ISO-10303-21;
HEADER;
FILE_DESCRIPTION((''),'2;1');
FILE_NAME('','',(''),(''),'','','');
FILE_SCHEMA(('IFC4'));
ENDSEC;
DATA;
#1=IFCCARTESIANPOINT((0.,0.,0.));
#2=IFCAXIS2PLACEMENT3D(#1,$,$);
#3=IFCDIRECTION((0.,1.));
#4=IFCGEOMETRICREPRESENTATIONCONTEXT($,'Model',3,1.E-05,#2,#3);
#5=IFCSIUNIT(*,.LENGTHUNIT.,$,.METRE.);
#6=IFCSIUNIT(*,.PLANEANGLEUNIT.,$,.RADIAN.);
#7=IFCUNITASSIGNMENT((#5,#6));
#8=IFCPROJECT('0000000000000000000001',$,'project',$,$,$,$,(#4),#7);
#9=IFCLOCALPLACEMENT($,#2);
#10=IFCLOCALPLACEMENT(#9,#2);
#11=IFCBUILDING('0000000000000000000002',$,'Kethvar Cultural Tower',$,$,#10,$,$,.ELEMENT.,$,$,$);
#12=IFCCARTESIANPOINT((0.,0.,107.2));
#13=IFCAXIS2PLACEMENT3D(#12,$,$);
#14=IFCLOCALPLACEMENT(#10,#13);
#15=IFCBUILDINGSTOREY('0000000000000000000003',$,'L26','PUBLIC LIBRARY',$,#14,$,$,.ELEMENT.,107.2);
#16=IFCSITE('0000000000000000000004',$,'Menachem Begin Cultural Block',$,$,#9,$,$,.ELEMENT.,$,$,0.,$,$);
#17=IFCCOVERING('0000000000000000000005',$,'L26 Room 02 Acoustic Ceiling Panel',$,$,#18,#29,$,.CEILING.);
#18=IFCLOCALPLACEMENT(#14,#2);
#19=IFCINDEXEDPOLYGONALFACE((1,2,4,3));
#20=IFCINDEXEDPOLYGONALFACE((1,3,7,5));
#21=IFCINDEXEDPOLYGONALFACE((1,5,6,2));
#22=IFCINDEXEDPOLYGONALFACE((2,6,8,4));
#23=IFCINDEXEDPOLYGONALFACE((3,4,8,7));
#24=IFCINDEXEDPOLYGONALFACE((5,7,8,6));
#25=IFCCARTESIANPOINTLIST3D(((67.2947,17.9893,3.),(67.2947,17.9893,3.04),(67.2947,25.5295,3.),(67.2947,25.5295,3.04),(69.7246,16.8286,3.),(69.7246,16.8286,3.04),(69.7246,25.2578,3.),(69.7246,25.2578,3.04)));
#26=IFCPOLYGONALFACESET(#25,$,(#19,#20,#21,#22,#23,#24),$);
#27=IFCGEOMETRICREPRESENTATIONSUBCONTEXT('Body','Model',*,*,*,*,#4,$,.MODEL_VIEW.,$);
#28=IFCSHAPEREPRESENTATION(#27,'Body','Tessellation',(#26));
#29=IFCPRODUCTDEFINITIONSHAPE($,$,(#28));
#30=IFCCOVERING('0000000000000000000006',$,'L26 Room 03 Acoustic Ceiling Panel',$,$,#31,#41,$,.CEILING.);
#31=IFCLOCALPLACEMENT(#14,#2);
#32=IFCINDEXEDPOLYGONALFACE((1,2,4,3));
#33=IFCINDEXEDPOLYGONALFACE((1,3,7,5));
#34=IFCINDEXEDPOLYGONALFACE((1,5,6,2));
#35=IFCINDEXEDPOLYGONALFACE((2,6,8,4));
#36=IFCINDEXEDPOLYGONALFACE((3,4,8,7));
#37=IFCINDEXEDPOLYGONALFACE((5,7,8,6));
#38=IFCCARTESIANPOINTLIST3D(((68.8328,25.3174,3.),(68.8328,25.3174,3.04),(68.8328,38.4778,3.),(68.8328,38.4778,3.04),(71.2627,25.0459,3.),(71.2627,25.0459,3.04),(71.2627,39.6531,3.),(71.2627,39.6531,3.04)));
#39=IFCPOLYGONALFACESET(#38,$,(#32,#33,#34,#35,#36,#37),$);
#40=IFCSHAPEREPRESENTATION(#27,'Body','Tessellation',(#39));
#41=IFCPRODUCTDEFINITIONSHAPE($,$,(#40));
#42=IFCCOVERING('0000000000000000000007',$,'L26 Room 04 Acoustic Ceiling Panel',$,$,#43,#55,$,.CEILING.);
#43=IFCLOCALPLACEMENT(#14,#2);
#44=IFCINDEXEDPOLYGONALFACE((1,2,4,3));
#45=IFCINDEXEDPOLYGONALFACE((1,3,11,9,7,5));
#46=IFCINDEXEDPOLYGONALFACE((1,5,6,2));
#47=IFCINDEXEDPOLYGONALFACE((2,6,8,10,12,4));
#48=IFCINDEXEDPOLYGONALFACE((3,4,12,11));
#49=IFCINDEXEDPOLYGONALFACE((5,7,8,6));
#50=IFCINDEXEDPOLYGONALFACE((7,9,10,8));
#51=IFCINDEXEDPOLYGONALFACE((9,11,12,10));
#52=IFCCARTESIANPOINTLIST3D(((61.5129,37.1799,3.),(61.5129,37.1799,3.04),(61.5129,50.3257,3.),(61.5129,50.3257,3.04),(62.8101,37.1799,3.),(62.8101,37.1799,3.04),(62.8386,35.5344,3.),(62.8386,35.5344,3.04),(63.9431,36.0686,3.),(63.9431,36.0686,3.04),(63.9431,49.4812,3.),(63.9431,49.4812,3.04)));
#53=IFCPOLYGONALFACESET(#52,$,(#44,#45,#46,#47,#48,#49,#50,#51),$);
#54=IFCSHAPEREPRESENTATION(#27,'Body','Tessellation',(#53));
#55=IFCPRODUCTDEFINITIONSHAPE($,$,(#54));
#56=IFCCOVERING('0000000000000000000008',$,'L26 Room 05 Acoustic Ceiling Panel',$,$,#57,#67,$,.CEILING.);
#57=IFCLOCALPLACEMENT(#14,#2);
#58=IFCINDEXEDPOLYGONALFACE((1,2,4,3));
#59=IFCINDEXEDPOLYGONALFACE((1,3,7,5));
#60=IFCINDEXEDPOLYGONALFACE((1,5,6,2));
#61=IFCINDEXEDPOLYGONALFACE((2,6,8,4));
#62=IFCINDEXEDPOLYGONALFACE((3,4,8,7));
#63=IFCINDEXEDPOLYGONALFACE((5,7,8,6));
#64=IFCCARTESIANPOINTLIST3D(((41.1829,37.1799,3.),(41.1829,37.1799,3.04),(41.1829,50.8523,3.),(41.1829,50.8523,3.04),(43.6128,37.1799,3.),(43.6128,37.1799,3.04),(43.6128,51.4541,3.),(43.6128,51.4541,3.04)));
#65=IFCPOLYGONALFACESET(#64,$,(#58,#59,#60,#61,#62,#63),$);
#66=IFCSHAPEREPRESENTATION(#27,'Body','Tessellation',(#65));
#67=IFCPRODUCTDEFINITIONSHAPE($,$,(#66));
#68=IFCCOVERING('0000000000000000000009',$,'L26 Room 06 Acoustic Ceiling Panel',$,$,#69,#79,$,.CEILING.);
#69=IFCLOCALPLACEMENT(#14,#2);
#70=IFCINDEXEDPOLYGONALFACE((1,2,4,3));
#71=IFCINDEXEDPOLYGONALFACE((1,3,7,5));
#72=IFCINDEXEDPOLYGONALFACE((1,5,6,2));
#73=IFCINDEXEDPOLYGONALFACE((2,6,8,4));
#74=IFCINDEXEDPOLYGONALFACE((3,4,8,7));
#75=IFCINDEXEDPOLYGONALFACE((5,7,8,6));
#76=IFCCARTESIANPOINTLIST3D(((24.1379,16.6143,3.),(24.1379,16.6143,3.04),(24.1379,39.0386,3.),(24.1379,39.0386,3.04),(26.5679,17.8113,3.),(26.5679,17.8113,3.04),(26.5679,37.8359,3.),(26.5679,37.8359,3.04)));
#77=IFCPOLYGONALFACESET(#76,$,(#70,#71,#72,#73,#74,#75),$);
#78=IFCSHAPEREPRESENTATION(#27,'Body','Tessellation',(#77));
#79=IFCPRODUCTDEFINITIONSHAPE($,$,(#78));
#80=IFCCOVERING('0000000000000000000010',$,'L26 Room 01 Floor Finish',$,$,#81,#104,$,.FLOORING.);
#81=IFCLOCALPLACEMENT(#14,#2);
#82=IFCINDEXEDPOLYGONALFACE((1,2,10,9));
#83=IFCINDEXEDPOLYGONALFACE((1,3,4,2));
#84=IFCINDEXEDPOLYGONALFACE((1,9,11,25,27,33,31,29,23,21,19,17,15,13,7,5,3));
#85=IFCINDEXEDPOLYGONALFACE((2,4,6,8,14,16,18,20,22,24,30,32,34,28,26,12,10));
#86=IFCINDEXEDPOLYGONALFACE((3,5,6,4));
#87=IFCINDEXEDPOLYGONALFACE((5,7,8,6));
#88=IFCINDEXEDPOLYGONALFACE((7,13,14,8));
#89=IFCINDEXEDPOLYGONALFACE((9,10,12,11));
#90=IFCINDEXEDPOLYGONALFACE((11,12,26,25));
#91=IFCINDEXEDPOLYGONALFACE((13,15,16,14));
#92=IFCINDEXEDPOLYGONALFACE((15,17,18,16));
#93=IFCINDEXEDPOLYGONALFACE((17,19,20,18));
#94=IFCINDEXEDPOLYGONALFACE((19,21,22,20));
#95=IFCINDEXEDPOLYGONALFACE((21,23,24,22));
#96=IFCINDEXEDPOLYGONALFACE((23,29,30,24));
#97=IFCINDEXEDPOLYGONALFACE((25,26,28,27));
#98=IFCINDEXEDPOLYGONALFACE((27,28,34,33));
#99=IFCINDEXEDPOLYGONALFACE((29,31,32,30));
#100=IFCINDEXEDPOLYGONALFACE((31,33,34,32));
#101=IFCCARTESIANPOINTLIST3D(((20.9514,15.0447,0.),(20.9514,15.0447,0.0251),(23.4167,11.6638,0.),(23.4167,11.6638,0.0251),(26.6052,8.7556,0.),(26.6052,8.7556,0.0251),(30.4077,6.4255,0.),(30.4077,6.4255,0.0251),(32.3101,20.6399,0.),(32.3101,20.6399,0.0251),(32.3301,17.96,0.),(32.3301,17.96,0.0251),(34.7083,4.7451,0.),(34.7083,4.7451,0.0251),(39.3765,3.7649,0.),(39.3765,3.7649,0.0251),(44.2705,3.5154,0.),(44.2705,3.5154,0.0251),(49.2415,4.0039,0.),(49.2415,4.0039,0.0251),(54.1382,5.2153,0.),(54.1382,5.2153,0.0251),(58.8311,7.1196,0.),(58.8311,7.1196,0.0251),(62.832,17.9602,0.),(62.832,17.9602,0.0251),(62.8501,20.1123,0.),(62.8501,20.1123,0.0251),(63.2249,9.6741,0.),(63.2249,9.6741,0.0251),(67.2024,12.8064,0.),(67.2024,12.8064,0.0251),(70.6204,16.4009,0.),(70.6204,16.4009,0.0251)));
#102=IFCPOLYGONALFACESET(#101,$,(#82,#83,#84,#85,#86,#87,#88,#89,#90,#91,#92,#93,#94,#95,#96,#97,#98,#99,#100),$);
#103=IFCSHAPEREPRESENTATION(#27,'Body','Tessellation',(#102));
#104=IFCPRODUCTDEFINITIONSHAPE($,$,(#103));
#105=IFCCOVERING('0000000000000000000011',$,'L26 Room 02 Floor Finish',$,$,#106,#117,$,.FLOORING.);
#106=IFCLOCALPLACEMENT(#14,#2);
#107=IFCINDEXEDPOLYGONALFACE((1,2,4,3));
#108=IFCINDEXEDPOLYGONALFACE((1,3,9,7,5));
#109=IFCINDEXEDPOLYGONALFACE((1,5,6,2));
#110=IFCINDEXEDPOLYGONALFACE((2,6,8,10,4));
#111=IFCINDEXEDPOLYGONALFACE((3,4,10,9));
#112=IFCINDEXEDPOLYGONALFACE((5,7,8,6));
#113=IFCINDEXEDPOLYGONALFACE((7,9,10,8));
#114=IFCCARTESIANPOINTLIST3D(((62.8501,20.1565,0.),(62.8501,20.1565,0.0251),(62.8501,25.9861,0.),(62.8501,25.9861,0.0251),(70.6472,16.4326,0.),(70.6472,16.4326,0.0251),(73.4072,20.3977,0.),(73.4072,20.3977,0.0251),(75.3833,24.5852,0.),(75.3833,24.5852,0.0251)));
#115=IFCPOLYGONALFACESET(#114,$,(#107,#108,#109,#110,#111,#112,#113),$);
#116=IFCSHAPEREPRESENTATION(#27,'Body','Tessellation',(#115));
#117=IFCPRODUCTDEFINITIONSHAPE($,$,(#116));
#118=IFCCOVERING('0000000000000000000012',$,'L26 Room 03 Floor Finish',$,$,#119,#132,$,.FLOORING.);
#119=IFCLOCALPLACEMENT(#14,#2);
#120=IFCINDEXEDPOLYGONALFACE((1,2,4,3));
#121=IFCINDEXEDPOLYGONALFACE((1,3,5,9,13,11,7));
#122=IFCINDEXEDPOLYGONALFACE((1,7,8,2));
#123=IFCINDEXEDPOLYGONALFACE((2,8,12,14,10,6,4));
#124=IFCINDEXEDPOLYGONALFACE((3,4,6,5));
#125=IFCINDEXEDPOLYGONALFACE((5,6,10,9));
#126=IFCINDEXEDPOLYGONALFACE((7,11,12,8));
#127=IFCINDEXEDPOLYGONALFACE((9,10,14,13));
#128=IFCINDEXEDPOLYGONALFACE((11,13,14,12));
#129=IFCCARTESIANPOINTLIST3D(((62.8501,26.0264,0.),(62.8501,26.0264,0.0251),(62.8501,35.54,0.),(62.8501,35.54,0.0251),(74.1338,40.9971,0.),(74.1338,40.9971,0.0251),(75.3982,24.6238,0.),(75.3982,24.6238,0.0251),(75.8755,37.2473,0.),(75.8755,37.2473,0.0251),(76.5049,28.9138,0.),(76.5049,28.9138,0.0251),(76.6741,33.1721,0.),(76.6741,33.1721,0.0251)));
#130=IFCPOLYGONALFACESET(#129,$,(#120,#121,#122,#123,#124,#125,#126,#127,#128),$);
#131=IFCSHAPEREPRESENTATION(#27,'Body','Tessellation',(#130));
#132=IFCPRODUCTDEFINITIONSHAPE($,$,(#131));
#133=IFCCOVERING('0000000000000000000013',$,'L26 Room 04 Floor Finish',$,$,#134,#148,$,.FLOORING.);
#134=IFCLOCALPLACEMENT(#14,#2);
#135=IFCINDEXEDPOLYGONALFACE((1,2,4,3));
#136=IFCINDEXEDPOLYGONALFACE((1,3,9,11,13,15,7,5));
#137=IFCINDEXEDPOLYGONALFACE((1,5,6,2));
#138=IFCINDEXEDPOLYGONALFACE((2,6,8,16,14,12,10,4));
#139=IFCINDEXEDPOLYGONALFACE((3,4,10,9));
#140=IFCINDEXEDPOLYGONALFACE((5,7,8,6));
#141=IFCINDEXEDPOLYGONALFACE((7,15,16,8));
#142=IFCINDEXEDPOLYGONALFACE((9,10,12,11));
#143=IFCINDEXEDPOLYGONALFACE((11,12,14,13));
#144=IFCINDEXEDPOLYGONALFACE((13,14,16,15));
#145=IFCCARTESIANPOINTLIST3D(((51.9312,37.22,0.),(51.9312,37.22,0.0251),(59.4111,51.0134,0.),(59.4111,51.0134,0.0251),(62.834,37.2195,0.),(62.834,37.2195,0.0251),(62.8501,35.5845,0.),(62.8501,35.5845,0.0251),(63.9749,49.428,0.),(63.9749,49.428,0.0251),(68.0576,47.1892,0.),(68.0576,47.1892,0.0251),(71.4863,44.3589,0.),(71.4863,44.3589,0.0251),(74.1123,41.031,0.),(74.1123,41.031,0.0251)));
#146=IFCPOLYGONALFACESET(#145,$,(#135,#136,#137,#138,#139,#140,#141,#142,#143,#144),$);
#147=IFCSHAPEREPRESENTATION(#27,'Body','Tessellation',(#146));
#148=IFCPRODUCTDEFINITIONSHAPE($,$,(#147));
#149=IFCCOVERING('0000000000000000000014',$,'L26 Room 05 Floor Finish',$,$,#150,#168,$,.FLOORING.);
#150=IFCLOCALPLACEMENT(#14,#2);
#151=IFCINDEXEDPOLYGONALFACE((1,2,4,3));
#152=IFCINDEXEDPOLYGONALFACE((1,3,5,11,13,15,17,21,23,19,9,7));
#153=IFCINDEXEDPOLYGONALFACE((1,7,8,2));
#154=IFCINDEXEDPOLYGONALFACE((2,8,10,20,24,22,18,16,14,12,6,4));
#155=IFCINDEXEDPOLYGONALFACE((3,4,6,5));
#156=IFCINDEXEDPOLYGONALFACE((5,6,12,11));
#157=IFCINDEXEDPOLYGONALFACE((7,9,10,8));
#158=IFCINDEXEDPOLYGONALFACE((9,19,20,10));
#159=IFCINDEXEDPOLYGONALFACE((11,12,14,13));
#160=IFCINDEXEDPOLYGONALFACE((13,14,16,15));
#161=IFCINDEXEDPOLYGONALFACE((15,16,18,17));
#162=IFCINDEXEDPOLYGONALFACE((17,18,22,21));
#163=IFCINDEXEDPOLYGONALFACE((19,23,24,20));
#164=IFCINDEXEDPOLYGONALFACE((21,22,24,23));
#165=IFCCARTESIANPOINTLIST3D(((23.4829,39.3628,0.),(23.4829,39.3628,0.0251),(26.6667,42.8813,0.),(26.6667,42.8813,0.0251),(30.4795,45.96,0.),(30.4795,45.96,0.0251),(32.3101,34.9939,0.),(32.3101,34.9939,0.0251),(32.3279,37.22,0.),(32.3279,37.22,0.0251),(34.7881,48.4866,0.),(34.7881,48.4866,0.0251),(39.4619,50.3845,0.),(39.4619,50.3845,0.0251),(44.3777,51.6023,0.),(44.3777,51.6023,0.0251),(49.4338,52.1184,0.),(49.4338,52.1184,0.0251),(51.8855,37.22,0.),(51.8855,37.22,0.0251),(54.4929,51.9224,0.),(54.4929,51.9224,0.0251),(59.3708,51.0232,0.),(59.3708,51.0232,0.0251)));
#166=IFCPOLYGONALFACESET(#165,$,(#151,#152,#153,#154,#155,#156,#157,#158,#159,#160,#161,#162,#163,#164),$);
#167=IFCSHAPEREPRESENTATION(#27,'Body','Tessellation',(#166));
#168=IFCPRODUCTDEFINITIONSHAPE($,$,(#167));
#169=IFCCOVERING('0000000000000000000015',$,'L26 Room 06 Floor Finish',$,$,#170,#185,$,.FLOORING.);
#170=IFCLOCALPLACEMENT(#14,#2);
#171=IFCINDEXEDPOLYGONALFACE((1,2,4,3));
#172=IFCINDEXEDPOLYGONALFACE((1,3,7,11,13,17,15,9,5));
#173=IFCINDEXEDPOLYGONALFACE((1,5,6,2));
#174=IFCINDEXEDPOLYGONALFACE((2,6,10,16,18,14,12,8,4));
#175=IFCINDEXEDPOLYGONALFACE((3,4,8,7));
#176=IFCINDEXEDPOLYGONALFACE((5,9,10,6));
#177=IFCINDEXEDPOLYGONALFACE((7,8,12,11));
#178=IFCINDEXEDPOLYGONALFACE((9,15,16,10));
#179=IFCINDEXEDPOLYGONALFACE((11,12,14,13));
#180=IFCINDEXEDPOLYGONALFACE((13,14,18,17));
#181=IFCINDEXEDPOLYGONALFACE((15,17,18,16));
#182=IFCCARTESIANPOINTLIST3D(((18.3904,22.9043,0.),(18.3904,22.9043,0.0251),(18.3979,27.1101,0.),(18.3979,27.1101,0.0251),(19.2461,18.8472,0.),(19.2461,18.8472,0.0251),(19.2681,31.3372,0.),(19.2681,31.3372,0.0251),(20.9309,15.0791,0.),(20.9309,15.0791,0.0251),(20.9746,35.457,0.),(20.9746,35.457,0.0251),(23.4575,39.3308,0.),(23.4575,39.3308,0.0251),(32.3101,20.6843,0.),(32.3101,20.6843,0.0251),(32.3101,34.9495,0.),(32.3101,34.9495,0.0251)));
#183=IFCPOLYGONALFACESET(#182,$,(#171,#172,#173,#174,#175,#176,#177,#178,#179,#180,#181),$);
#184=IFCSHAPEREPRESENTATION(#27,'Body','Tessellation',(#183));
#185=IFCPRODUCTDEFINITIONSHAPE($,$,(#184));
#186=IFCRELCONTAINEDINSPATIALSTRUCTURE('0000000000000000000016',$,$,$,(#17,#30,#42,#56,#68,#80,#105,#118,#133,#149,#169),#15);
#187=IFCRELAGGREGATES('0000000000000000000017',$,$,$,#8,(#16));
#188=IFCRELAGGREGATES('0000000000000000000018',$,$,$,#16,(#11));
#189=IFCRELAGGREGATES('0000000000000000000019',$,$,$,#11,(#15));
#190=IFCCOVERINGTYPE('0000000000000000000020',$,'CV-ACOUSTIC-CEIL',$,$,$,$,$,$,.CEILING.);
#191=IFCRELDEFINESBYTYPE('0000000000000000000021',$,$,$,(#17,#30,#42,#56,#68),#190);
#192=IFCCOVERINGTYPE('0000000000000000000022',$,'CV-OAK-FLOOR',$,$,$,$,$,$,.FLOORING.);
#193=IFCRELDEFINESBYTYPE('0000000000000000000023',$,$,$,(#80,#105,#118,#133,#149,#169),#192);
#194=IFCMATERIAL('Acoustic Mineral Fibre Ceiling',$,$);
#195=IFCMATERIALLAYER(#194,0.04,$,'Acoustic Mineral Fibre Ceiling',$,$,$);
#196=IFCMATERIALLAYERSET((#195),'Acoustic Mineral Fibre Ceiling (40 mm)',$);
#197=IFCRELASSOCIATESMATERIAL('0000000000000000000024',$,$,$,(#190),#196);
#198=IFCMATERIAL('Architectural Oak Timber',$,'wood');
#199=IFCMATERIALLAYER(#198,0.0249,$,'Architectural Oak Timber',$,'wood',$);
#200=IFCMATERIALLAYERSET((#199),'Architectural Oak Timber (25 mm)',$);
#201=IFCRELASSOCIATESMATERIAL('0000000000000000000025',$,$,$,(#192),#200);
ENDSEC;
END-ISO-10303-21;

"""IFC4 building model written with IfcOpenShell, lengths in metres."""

from ifc_helpers import new_model, si_unit, direction, frame, origin, place, context, subcontext, project, spatial, polyline, outline, extrude, material, layer, layer_set, type_object, element, save


model = new_model("IFC4")

# Units and contexts
model_context = context("Model", 3, precision=1e-05, world=origin(), true_north=direction((0.0, 1.0)))
body_context = subcontext(model_context, "Body", "Model", "MODEL_VIEW")
ifc_project = project(units=[si_unit("LENGTHUNIT", "METRE"), si_unit("PLANEANGLEUNIT", "RADIAN")], contexts=[model_context])

# Site, building, storey
site_placement = place(None, origin())
site = spatial("IfcSite", under=ifc_project, at=site_placement, Name="Menachem Begin Cultural Block", CompositionType="ELEMENT", RefElevation=0.0)
building_placement = place(site_placement, origin())
building = spatial("IfcBuilding", under=site, at=building_placement, Name="Kethvar Cultural Tower", CompositionType="ELEMENT")
storey_placement = place(building_placement, frame((0.0, 0.0, 107.2)))
storey = spatial("IfcBuildingStorey", under=building, at=storey_placement, Name="L26", Description="PUBLIC LIBRARY", CompositionType="ELEMENT", Elevation=107.2)

# Coverings
ifc_material_1 = material(Name="Acoustic Mineral Fibre Ceiling")
ifc_layer_1 = layer(ifc_material_1, 0.04, Name="Acoustic Mineral Fibre Ceiling")
ifc_layer_set_1 = layer_set([ifc_layer_1], Name="Acoustic Mineral Fibre Ceiling (40 mm)")
covering_type_1 = type_object("IfcCoveringType", Name="CV-ACOUSTIC-CEIL", PredefinedType="CEILING", material=ifc_layer_set_1)
covering_1_placement = place(storey_placement, frame((0.0, 0.0, 3.0)))
element("IfcCovering", 1, at=covering_1_placement, inside=storey, type_object=covering_type_1, Name="L26 Room 02 Acoustic Ceiling Panel", PredefinedType="CEILING", context=body_context, shape_type="SweptSolid", body=[
    extrude(outline(polyline([(67.2947, 17.9893), (67.2947, 25.5295), (69.7246, 25.2578), (69.7246, 16.8286), (67.2947, 17.9893)])), origin(), (0.0, 0.0, 1.0), 0.04),
])
covering_2_placement = place(storey_placement, frame((0.0, 0.0, 3.0)))
element("IfcCovering", 2, at=covering_2_placement, inside=storey, type_object=covering_type_1, Name="L26 Room 03 Acoustic Ceiling Panel", PredefinedType="CEILING", context=body_context, shape_type="SweptSolid", body=[
    extrude(outline(polyline([(68.8328, 25.3174), (68.8328, 38.4778), (71.2627, 39.6531), (71.2627, 25.0459), (68.8328, 25.3174)])), origin(), (0.0, 0.0, 1.0), 0.04),
])
covering_3_placement = place(storey_placement, frame((0.0, 0.0, 3.0)))
element("IfcCovering", 3, at=covering_3_placement, inside=storey, type_object=covering_type_1, Name="L26 Room 04 Acoustic Ceiling Panel", PredefinedType="CEILING", context=body_context, shape_type="SweptSolid", body=[
    extrude(outline(polyline([(62.8386, 35.5344), (62.8101, 37.1799), (61.5129, 37.1799), (61.5129, 50.3257), (63.9431, 49.4812), (63.9431, 36.0686), (62.8386, 35.5344)])), origin(), (0.0, 0.0, 1.0), 0.04),
])
covering_4_placement = place(storey_placement, frame((0.0, 0.0, 3.0)))
element("IfcCovering", 4, at=covering_4_placement, inside=storey, type_object=covering_type_1, Name="L26 Room 05 Acoustic Ceiling Panel", PredefinedType="CEILING", context=body_context, shape_type="SweptSolid", body=[
    extrude(outline(polyline([(43.6128, 51.4541), (43.6128, 37.1799), (41.1829, 37.1799), (41.1829, 50.8523), (43.6128, 51.4541)])), origin(), (0.0, 0.0, 1.0), 0.04),
])
covering_5_placement = place(storey_placement, frame((0.0, 0.0, 3.0)))
element("IfcCovering", 5, at=covering_5_placement, inside=storey, type_object=covering_type_1, Name="L26 Room 06 Acoustic Ceiling Panel", PredefinedType="CEILING", context=body_context, shape_type="SweptSolid", body=[
    extrude(outline(polyline([(26.5679, 37.8359), (26.5679, 17.8113), (24.1379, 16.6143), (24.1379, 39.0386), (26.5679, 37.8359)])), origin(), (0.0, 0.0, 1.0), 0.04),
])
ifc_material_2 = material(Name="Architectural Oak Timber", Category="wood")
ifc_layer_2 = layer(ifc_material_2, 0.0249, Name="Architectural Oak Timber", Category="wood")
ifc_layer_set_2 = layer_set([ifc_layer_2], Name="Architectural Oak Timber (25 mm)")
covering_type_2 = type_object("IfcCoveringType", Name="CV-OAK-FLOOR", PredefinedType="FLOORING", material=ifc_layer_set_2)
covering_6_placement = place(storey_placement, origin())
element("IfcCovering", 6, at=covering_6_placement, inside=storey, type_object=covering_type_2, Name="L26 Room 01 Floor Finish", PredefinedType="FLOORING", context=body_context, shape_type="SweptSolid", body=[
    extrude(outline(polyline([(67.2024, 12.8064), (63.2249, 9.6741), (58.8311, 7.1196), (54.1382, 5.2153), (49.2415, 4.0039), (44.2705, 3.5154), (39.3765, 3.7649), (34.7083, 4.7451), (30.4077, 6.4255), (26.6052, 8.7556), (23.4167, 11.6638), (20.9514, 15.0447), (32.3101, 20.6399), (32.3301, 17.96), (62.832, 17.9602), (62.8501, 20.1123), (70.6204, 16.4009), (67.2024, 12.8064)])), origin(), (0.0, 0.0, 1.0), 0.0251),
])
covering_7_placement = place(storey_placement, origin())
element("IfcCovering", 7, at=covering_7_placement, inside=storey, type_object=covering_type_2, Name="L26 Room 02 Floor Finish", PredefinedType="FLOORING", context=body_context, shape_type="SweptSolid", body=[
    extrude(outline(polyline([(73.4072, 20.3977), (70.6472, 16.4326), (62.8501, 20.1565), (62.8501, 25.9861), (75.3833, 24.5852), (73.4072, 20.3977)])), origin(), (0.0, 0.0, 1.0), 0.0251),
])
covering_8_placement = place(storey_placement, origin())
element("IfcCovering", 8, at=covering_8_placement, inside=storey, type_object=covering_type_2, Name="L26 Room 03 Floor Finish", PredefinedType="FLOORING", context=body_context, shape_type="SweptSolid", body=[
    extrude(outline(polyline([(76.5049, 28.9138), (75.3982, 24.6238), (62.8501, 26.0264), (62.8501, 35.54), (74.1338, 40.9971), (75.8755, 37.2473), (76.6741, 33.1721), (76.5049, 28.9138)])), origin(), (0.0, 0.0, 1.0), 0.0251),
])
covering_9_placement = place(storey_placement, origin())
element("IfcCovering", 9, at=covering_9_placement, inside=storey, type_object=covering_type_2, Name="L26 Room 04 Floor Finish", PredefinedType="FLOORING", context=body_context, shape_type="SweptSolid", body=[
    extrude(outline(polyline([(63.9749, 49.428), (68.0576, 47.1892), (71.4863, 44.3589), (74.1123, 41.031), (62.8501, 35.5845), (62.834, 37.2195), (51.9312, 37.22), (59.4111, 51.0134), (63.9749, 49.428)])), origin(), (0.0, 0.0, 1.0), 0.0251),
])
covering_10_placement = place(storey_placement, origin())
element("IfcCovering", 10, at=covering_10_placement, inside=storey, type_object=covering_type_2, Name="L26 Room 05 Floor Finish", PredefinedType="FLOORING", context=body_context, shape_type="SweptSolid", body=[
    extrude(outline(polyline([(26.6667, 42.8813), (30.4795, 45.96), (34.7881, 48.4866), (39.4619, 50.3845), (44.3777, 51.6023), (49.4338, 52.1184), (54.4929, 51.9224), (59.3708, 51.0232), (51.8855, 37.22), (32.3279, 37.22), (32.3101, 34.9939), (23.4829, 39.3628), (26.6667, 42.8813)])), origin(), (0.0, 0.0, 1.0), 0.0251),
])
covering_11_placement = place(storey_placement, origin())
element("IfcCovering", 11, at=covering_11_placement, inside=storey, type_object=covering_type_2, Name="L26 Room 06 Floor Finish", PredefinedType="FLOORING", context=body_context, shape_type="SweptSolid", body=[
    extrude(outline(polyline([(19.2461, 18.8472), (18.3904, 22.9043), (18.3979, 27.1101), (19.2681, 31.3372), (20.9746, 35.457), (23.4575, 39.3308), (32.3101, 34.9495), (32.3101, 20.6843), (20.9309, 15.0791), (19.2461, 18.8472)])), origin(), (0.0, 0.0, 1.0), 0.0251),
])

save(model, "model.ifc")
